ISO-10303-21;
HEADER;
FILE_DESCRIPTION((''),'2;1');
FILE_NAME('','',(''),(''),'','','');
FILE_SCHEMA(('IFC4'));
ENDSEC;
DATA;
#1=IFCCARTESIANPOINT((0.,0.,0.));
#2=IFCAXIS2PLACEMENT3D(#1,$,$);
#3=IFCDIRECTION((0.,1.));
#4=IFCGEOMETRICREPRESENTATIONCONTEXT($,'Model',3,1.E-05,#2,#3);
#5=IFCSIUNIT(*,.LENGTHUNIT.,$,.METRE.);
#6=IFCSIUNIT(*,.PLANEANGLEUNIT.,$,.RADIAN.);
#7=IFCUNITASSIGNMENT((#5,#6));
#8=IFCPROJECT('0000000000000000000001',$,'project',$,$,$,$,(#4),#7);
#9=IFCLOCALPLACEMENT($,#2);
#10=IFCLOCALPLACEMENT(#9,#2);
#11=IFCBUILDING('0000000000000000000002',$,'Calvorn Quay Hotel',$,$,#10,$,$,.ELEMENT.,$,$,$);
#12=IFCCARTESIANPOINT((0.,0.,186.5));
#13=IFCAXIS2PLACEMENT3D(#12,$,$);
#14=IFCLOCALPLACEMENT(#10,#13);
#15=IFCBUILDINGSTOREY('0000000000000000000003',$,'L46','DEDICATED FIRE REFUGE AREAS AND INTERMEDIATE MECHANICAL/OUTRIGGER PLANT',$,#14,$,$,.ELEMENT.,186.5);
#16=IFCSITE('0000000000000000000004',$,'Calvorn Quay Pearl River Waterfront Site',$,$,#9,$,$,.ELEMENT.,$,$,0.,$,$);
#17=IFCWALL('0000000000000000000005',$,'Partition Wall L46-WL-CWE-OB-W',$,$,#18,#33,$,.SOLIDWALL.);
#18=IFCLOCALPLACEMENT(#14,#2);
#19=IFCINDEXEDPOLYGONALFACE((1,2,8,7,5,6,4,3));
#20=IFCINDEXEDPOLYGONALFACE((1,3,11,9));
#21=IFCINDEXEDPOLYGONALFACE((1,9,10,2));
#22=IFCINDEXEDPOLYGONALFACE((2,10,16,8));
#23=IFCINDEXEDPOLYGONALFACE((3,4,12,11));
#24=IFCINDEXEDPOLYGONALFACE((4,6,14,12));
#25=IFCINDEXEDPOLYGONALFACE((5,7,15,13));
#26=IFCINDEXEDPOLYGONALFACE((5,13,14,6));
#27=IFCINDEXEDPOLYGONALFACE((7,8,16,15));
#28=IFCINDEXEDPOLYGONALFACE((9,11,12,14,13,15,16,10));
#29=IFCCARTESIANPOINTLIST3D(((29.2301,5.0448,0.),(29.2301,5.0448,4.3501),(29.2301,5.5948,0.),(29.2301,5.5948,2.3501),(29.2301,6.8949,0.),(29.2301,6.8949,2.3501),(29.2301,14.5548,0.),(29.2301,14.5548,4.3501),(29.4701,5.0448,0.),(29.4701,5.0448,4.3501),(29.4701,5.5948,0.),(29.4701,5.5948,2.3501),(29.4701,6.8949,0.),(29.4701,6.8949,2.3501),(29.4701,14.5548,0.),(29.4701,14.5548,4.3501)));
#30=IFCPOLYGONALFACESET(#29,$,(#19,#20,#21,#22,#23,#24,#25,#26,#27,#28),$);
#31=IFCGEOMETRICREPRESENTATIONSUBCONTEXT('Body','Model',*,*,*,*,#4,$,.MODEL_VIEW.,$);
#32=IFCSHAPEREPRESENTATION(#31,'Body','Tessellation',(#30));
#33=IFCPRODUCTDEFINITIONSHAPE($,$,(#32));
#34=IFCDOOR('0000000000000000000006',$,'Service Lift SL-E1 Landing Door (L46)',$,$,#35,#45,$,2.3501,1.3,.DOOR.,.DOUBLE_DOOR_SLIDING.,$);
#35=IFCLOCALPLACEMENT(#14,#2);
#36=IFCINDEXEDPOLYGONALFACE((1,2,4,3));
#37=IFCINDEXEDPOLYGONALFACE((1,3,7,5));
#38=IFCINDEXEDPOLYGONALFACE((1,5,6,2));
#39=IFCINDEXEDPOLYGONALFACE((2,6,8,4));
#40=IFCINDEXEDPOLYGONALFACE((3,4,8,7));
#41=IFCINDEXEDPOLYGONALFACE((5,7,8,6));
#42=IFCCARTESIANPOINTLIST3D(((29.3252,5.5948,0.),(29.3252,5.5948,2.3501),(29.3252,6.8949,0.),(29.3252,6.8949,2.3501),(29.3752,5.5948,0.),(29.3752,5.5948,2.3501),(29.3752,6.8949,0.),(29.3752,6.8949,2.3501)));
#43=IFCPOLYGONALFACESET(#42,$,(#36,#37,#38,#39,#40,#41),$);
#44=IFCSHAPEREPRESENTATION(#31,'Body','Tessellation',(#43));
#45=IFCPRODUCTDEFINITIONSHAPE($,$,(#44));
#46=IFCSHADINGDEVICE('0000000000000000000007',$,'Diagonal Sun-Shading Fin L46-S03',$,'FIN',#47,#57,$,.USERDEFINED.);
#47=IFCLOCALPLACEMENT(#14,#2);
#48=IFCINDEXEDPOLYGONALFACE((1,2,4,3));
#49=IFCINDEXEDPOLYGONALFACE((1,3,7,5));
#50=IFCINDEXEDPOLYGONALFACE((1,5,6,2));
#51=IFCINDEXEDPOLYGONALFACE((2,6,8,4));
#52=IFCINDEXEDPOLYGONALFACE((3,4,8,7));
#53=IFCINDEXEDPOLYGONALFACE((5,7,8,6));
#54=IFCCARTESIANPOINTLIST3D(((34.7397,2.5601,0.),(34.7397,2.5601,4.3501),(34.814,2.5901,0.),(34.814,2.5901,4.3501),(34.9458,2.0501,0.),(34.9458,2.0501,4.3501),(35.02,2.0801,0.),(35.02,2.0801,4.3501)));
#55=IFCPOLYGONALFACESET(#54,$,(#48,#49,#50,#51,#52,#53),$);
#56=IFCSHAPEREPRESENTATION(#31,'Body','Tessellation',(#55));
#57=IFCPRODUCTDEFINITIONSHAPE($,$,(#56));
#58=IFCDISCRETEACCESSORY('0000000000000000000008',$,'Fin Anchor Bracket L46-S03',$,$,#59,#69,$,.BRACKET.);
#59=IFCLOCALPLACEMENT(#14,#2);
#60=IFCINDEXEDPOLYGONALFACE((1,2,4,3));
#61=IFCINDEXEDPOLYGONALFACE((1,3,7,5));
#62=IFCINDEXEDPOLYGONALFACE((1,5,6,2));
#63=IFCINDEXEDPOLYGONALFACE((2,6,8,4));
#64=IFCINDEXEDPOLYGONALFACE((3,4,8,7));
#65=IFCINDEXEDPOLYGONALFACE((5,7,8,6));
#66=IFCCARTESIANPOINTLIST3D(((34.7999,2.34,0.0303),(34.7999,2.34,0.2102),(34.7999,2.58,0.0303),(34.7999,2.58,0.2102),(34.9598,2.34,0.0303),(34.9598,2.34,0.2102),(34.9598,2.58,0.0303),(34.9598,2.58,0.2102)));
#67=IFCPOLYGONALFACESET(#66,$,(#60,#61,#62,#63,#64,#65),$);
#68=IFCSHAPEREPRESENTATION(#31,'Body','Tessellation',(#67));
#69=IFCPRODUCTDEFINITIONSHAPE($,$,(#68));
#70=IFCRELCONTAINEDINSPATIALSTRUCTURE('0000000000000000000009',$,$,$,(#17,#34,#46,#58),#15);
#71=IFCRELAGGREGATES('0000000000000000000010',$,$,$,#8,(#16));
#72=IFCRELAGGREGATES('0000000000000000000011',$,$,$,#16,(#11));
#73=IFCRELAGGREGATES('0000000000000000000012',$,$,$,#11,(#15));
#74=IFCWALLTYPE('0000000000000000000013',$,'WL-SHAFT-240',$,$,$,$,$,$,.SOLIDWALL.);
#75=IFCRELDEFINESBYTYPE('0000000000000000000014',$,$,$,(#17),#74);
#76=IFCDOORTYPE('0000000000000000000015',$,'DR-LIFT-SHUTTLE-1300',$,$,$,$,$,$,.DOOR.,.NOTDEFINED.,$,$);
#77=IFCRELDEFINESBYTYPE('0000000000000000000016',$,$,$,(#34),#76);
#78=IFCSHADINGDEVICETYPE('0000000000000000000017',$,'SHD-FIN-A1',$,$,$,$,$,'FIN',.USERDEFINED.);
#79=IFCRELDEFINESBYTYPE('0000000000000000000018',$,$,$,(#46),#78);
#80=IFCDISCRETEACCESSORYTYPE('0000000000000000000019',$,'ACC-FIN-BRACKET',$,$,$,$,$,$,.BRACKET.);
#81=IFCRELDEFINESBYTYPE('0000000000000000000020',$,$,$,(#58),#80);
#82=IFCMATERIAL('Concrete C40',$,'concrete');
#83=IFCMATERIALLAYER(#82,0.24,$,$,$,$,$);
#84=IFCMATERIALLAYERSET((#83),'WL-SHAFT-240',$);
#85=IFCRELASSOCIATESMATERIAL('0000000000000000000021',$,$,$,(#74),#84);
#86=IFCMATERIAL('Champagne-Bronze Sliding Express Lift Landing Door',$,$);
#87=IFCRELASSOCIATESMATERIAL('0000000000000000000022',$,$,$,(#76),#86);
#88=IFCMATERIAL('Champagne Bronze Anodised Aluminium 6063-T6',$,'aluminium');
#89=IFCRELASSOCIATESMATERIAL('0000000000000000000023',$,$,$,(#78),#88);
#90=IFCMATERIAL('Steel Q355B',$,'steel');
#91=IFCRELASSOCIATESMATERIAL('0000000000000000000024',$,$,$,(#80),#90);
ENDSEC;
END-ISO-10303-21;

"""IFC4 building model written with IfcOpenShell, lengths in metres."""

from ifc_helpers import new_model, si_unit, direction, frame, frame_2d, origin, origin_2d, place, context, subcontext, project, spatial, rectangle, extrude, material, layer, layer_set, type_object, element, fill, save


model = new_model("IFC4")

# Units and contexts
model_context = context("Model", 3, precision=1e-05, world=origin(), true_north=direction((0.0, 1.0)))
body_context = subcontext(model_context, "Body", "Model", "MODEL_VIEW")
ifc_project = project(units=[si_unit("LENGTHUNIT", "METRE"), si_unit("PLANEANGLEUNIT", "RADIAN")], contexts=[model_context])

# Site, building, storey
site_placement = place(None, origin())
site = spatial("IfcSite", under=ifc_project, at=site_placement, Name="Calvorn Quay Pearl River Waterfront Site", CompositionType="ELEMENT", RefElevation=0.0)
building_placement = place(site_placement, origin())
building = spatial("IfcBuilding", under=site, at=building_placement, Name="Calvorn Quay Hotel", CompositionType="ELEMENT")
storey_placement = place(building_placement, frame((0.0, 0.0, 186.5)))
storey = spatial("IfcBuildingStorey", under=building, at=storey_placement, Name="L46", Description="DEDICATED FIRE REFUGE AREAS AND INTERMEDIATE MECHANICAL/OUTRIGGER PLANT", CompositionType="ELEMENT", Elevation=186.5)

# Wall, opening, door
ifc_material_1 = material(Name="Concrete C40", Category="concrete")
ifc_layer_1 = layer(ifc_material_1, 0.24)
ifc_layer_set_1 = layer_set([ifc_layer_1], Name="WL-SHAFT-240")
wall_type_1 = type_object("IfcWallType", Name="WL-SHAFT-240", PredefinedType="SOLIDWALL", material=ifc_layer_set_1)
wall_1_placement = place(storey_placement, frame((29.3501, 5.0449, 0.0), z_axis=(0.0, 0.0, 1.0), x_axis=(0.0, 1.0, 0.0)))
wall_1 = element("IfcWall", 1, at=wall_1_placement, inside=storey, type_object=wall_type_1, Name="Partition Wall L46-WL-CWE-OB-W", PredefinedType="SOLIDWALL", context=body_context, shape_type="SweptSolid", body=[
    extrude(rectangle(XDim=9.51, YDim=0.24, at=frame_2d((4.7549, 0.0))), origin(), (0.0, 0.0, 1.0), 4.3501),
])
opening_placement = place(wall_1_placement, frame((0.55, 0.0, 0.0)))
opening = element("IfcOpeningElement", 2, at=opening_placement, cuts=wall_1, PredefinedType="OPENING", context=body_context, shape_type="SweptSolid", body=[
    extrude(rectangle(XDim=1.3, YDim=2.3501, at=frame_2d((0.6499, 1.175))), frame((0.0, 0.1299, 0.0), z_axis=(0.0, -1.0, 0.0), x_axis=(1.0, 0.0, 0.0)), (0.0, 0.0, 1.0), 0.26),
])
ifc_material_2 = material(Name="Champagne-Bronze Sliding Express Lift Landing Door")
door_type = type_object("IfcDoorType", Name="DR-LIFT-SHUTTLE-1300", OperationType="NOTDEFINED", PredefinedType="DOOR", material=ifc_material_2)
door_placement = place(opening_placement, origin())
door = element("IfcDoor", 3, at=door_placement, inside=storey, type_object=door_type, Name="Service Lift SL-E1 Landing Door (L46)", OperationType="DOUBLE_DOOR_SLIDING", OverallHeight=2.3501, OverallWidth=1.3, PredefinedType="DOOR", context=body_context, shape_type="SweptSolid", body=[
    extrude(rectangle(XDim=1.3, YDim=2.3501, at=frame_2d((0.6499, 1.175))), frame((0.0, 0.0249, 0.0), z_axis=(0.0, -1.0, 0.0), x_axis=(1.0, 0.0, 0.0)), (0.0, 0.0, 1.0), 0.05),
])
fill(opening, door)

# Shading device
ifc_material_3 = material(Name="Champagne Bronze Anodised Aluminium 6063-T6", Category="aluminium")
shading_device_type = type_object("IfcShadingDeviceType", Name="SHD-FIN-A1", ElementType="FIN", PredefinedType="USERDEFINED", material=ifc_material_3)
shading_device_placement = place(storey_placement, frame((34.8799, 2.3201, 0.0), z_axis=(0.0, 0.0, 1.0), x_axis=(-0.374607, 0.927184, 0.0)))
element("IfcShadingDevice", 4, at=shading_device_placement, inside=storey, type_object=shading_device_type, Name="Diagonal Sun-Shading Fin L46-S03", ObjectType="FIN", PredefinedType="USERDEFINED", context=body_context, shape_type="SweptSolid", body=[
    extrude(rectangle(XDim=0.55, YDim=0.0801, at=origin_2d()), origin(), (0.0, 0.0, 1.0), 4.3501),
])

# Discrete accessory
ifc_material_4 = material(Name="Steel Q355B", Category="steel")
discrete_accessory_type = type_object("IfcDiscreteAccessoryType", Name="ACC-FIN-BRACKET", PredefinedType="BRACKET", material=ifc_material_4)
discrete_accessory_placement = place(storey_placement, frame((34.8799, 2.46, 0.0303), z_axis=(0.0, 0.0, 1.0), x_axis=(0.0, 1.0, 0.0)))
element("IfcDiscreteAccessory", 5, at=discrete_accessory_placement, inside=storey, type_object=discrete_accessory_type, Name="Fin Anchor Bracket L46-S03", PredefinedType="BRACKET", context=body_context, shape_type="SweptSolid", body=[
    extrude(rectangle(XDim=0.24, YDim=0.1599, at=origin_2d()), origin(), (0.0, 0.0, 1.0), 0.1799),
])

save(model, "model.ifc")
